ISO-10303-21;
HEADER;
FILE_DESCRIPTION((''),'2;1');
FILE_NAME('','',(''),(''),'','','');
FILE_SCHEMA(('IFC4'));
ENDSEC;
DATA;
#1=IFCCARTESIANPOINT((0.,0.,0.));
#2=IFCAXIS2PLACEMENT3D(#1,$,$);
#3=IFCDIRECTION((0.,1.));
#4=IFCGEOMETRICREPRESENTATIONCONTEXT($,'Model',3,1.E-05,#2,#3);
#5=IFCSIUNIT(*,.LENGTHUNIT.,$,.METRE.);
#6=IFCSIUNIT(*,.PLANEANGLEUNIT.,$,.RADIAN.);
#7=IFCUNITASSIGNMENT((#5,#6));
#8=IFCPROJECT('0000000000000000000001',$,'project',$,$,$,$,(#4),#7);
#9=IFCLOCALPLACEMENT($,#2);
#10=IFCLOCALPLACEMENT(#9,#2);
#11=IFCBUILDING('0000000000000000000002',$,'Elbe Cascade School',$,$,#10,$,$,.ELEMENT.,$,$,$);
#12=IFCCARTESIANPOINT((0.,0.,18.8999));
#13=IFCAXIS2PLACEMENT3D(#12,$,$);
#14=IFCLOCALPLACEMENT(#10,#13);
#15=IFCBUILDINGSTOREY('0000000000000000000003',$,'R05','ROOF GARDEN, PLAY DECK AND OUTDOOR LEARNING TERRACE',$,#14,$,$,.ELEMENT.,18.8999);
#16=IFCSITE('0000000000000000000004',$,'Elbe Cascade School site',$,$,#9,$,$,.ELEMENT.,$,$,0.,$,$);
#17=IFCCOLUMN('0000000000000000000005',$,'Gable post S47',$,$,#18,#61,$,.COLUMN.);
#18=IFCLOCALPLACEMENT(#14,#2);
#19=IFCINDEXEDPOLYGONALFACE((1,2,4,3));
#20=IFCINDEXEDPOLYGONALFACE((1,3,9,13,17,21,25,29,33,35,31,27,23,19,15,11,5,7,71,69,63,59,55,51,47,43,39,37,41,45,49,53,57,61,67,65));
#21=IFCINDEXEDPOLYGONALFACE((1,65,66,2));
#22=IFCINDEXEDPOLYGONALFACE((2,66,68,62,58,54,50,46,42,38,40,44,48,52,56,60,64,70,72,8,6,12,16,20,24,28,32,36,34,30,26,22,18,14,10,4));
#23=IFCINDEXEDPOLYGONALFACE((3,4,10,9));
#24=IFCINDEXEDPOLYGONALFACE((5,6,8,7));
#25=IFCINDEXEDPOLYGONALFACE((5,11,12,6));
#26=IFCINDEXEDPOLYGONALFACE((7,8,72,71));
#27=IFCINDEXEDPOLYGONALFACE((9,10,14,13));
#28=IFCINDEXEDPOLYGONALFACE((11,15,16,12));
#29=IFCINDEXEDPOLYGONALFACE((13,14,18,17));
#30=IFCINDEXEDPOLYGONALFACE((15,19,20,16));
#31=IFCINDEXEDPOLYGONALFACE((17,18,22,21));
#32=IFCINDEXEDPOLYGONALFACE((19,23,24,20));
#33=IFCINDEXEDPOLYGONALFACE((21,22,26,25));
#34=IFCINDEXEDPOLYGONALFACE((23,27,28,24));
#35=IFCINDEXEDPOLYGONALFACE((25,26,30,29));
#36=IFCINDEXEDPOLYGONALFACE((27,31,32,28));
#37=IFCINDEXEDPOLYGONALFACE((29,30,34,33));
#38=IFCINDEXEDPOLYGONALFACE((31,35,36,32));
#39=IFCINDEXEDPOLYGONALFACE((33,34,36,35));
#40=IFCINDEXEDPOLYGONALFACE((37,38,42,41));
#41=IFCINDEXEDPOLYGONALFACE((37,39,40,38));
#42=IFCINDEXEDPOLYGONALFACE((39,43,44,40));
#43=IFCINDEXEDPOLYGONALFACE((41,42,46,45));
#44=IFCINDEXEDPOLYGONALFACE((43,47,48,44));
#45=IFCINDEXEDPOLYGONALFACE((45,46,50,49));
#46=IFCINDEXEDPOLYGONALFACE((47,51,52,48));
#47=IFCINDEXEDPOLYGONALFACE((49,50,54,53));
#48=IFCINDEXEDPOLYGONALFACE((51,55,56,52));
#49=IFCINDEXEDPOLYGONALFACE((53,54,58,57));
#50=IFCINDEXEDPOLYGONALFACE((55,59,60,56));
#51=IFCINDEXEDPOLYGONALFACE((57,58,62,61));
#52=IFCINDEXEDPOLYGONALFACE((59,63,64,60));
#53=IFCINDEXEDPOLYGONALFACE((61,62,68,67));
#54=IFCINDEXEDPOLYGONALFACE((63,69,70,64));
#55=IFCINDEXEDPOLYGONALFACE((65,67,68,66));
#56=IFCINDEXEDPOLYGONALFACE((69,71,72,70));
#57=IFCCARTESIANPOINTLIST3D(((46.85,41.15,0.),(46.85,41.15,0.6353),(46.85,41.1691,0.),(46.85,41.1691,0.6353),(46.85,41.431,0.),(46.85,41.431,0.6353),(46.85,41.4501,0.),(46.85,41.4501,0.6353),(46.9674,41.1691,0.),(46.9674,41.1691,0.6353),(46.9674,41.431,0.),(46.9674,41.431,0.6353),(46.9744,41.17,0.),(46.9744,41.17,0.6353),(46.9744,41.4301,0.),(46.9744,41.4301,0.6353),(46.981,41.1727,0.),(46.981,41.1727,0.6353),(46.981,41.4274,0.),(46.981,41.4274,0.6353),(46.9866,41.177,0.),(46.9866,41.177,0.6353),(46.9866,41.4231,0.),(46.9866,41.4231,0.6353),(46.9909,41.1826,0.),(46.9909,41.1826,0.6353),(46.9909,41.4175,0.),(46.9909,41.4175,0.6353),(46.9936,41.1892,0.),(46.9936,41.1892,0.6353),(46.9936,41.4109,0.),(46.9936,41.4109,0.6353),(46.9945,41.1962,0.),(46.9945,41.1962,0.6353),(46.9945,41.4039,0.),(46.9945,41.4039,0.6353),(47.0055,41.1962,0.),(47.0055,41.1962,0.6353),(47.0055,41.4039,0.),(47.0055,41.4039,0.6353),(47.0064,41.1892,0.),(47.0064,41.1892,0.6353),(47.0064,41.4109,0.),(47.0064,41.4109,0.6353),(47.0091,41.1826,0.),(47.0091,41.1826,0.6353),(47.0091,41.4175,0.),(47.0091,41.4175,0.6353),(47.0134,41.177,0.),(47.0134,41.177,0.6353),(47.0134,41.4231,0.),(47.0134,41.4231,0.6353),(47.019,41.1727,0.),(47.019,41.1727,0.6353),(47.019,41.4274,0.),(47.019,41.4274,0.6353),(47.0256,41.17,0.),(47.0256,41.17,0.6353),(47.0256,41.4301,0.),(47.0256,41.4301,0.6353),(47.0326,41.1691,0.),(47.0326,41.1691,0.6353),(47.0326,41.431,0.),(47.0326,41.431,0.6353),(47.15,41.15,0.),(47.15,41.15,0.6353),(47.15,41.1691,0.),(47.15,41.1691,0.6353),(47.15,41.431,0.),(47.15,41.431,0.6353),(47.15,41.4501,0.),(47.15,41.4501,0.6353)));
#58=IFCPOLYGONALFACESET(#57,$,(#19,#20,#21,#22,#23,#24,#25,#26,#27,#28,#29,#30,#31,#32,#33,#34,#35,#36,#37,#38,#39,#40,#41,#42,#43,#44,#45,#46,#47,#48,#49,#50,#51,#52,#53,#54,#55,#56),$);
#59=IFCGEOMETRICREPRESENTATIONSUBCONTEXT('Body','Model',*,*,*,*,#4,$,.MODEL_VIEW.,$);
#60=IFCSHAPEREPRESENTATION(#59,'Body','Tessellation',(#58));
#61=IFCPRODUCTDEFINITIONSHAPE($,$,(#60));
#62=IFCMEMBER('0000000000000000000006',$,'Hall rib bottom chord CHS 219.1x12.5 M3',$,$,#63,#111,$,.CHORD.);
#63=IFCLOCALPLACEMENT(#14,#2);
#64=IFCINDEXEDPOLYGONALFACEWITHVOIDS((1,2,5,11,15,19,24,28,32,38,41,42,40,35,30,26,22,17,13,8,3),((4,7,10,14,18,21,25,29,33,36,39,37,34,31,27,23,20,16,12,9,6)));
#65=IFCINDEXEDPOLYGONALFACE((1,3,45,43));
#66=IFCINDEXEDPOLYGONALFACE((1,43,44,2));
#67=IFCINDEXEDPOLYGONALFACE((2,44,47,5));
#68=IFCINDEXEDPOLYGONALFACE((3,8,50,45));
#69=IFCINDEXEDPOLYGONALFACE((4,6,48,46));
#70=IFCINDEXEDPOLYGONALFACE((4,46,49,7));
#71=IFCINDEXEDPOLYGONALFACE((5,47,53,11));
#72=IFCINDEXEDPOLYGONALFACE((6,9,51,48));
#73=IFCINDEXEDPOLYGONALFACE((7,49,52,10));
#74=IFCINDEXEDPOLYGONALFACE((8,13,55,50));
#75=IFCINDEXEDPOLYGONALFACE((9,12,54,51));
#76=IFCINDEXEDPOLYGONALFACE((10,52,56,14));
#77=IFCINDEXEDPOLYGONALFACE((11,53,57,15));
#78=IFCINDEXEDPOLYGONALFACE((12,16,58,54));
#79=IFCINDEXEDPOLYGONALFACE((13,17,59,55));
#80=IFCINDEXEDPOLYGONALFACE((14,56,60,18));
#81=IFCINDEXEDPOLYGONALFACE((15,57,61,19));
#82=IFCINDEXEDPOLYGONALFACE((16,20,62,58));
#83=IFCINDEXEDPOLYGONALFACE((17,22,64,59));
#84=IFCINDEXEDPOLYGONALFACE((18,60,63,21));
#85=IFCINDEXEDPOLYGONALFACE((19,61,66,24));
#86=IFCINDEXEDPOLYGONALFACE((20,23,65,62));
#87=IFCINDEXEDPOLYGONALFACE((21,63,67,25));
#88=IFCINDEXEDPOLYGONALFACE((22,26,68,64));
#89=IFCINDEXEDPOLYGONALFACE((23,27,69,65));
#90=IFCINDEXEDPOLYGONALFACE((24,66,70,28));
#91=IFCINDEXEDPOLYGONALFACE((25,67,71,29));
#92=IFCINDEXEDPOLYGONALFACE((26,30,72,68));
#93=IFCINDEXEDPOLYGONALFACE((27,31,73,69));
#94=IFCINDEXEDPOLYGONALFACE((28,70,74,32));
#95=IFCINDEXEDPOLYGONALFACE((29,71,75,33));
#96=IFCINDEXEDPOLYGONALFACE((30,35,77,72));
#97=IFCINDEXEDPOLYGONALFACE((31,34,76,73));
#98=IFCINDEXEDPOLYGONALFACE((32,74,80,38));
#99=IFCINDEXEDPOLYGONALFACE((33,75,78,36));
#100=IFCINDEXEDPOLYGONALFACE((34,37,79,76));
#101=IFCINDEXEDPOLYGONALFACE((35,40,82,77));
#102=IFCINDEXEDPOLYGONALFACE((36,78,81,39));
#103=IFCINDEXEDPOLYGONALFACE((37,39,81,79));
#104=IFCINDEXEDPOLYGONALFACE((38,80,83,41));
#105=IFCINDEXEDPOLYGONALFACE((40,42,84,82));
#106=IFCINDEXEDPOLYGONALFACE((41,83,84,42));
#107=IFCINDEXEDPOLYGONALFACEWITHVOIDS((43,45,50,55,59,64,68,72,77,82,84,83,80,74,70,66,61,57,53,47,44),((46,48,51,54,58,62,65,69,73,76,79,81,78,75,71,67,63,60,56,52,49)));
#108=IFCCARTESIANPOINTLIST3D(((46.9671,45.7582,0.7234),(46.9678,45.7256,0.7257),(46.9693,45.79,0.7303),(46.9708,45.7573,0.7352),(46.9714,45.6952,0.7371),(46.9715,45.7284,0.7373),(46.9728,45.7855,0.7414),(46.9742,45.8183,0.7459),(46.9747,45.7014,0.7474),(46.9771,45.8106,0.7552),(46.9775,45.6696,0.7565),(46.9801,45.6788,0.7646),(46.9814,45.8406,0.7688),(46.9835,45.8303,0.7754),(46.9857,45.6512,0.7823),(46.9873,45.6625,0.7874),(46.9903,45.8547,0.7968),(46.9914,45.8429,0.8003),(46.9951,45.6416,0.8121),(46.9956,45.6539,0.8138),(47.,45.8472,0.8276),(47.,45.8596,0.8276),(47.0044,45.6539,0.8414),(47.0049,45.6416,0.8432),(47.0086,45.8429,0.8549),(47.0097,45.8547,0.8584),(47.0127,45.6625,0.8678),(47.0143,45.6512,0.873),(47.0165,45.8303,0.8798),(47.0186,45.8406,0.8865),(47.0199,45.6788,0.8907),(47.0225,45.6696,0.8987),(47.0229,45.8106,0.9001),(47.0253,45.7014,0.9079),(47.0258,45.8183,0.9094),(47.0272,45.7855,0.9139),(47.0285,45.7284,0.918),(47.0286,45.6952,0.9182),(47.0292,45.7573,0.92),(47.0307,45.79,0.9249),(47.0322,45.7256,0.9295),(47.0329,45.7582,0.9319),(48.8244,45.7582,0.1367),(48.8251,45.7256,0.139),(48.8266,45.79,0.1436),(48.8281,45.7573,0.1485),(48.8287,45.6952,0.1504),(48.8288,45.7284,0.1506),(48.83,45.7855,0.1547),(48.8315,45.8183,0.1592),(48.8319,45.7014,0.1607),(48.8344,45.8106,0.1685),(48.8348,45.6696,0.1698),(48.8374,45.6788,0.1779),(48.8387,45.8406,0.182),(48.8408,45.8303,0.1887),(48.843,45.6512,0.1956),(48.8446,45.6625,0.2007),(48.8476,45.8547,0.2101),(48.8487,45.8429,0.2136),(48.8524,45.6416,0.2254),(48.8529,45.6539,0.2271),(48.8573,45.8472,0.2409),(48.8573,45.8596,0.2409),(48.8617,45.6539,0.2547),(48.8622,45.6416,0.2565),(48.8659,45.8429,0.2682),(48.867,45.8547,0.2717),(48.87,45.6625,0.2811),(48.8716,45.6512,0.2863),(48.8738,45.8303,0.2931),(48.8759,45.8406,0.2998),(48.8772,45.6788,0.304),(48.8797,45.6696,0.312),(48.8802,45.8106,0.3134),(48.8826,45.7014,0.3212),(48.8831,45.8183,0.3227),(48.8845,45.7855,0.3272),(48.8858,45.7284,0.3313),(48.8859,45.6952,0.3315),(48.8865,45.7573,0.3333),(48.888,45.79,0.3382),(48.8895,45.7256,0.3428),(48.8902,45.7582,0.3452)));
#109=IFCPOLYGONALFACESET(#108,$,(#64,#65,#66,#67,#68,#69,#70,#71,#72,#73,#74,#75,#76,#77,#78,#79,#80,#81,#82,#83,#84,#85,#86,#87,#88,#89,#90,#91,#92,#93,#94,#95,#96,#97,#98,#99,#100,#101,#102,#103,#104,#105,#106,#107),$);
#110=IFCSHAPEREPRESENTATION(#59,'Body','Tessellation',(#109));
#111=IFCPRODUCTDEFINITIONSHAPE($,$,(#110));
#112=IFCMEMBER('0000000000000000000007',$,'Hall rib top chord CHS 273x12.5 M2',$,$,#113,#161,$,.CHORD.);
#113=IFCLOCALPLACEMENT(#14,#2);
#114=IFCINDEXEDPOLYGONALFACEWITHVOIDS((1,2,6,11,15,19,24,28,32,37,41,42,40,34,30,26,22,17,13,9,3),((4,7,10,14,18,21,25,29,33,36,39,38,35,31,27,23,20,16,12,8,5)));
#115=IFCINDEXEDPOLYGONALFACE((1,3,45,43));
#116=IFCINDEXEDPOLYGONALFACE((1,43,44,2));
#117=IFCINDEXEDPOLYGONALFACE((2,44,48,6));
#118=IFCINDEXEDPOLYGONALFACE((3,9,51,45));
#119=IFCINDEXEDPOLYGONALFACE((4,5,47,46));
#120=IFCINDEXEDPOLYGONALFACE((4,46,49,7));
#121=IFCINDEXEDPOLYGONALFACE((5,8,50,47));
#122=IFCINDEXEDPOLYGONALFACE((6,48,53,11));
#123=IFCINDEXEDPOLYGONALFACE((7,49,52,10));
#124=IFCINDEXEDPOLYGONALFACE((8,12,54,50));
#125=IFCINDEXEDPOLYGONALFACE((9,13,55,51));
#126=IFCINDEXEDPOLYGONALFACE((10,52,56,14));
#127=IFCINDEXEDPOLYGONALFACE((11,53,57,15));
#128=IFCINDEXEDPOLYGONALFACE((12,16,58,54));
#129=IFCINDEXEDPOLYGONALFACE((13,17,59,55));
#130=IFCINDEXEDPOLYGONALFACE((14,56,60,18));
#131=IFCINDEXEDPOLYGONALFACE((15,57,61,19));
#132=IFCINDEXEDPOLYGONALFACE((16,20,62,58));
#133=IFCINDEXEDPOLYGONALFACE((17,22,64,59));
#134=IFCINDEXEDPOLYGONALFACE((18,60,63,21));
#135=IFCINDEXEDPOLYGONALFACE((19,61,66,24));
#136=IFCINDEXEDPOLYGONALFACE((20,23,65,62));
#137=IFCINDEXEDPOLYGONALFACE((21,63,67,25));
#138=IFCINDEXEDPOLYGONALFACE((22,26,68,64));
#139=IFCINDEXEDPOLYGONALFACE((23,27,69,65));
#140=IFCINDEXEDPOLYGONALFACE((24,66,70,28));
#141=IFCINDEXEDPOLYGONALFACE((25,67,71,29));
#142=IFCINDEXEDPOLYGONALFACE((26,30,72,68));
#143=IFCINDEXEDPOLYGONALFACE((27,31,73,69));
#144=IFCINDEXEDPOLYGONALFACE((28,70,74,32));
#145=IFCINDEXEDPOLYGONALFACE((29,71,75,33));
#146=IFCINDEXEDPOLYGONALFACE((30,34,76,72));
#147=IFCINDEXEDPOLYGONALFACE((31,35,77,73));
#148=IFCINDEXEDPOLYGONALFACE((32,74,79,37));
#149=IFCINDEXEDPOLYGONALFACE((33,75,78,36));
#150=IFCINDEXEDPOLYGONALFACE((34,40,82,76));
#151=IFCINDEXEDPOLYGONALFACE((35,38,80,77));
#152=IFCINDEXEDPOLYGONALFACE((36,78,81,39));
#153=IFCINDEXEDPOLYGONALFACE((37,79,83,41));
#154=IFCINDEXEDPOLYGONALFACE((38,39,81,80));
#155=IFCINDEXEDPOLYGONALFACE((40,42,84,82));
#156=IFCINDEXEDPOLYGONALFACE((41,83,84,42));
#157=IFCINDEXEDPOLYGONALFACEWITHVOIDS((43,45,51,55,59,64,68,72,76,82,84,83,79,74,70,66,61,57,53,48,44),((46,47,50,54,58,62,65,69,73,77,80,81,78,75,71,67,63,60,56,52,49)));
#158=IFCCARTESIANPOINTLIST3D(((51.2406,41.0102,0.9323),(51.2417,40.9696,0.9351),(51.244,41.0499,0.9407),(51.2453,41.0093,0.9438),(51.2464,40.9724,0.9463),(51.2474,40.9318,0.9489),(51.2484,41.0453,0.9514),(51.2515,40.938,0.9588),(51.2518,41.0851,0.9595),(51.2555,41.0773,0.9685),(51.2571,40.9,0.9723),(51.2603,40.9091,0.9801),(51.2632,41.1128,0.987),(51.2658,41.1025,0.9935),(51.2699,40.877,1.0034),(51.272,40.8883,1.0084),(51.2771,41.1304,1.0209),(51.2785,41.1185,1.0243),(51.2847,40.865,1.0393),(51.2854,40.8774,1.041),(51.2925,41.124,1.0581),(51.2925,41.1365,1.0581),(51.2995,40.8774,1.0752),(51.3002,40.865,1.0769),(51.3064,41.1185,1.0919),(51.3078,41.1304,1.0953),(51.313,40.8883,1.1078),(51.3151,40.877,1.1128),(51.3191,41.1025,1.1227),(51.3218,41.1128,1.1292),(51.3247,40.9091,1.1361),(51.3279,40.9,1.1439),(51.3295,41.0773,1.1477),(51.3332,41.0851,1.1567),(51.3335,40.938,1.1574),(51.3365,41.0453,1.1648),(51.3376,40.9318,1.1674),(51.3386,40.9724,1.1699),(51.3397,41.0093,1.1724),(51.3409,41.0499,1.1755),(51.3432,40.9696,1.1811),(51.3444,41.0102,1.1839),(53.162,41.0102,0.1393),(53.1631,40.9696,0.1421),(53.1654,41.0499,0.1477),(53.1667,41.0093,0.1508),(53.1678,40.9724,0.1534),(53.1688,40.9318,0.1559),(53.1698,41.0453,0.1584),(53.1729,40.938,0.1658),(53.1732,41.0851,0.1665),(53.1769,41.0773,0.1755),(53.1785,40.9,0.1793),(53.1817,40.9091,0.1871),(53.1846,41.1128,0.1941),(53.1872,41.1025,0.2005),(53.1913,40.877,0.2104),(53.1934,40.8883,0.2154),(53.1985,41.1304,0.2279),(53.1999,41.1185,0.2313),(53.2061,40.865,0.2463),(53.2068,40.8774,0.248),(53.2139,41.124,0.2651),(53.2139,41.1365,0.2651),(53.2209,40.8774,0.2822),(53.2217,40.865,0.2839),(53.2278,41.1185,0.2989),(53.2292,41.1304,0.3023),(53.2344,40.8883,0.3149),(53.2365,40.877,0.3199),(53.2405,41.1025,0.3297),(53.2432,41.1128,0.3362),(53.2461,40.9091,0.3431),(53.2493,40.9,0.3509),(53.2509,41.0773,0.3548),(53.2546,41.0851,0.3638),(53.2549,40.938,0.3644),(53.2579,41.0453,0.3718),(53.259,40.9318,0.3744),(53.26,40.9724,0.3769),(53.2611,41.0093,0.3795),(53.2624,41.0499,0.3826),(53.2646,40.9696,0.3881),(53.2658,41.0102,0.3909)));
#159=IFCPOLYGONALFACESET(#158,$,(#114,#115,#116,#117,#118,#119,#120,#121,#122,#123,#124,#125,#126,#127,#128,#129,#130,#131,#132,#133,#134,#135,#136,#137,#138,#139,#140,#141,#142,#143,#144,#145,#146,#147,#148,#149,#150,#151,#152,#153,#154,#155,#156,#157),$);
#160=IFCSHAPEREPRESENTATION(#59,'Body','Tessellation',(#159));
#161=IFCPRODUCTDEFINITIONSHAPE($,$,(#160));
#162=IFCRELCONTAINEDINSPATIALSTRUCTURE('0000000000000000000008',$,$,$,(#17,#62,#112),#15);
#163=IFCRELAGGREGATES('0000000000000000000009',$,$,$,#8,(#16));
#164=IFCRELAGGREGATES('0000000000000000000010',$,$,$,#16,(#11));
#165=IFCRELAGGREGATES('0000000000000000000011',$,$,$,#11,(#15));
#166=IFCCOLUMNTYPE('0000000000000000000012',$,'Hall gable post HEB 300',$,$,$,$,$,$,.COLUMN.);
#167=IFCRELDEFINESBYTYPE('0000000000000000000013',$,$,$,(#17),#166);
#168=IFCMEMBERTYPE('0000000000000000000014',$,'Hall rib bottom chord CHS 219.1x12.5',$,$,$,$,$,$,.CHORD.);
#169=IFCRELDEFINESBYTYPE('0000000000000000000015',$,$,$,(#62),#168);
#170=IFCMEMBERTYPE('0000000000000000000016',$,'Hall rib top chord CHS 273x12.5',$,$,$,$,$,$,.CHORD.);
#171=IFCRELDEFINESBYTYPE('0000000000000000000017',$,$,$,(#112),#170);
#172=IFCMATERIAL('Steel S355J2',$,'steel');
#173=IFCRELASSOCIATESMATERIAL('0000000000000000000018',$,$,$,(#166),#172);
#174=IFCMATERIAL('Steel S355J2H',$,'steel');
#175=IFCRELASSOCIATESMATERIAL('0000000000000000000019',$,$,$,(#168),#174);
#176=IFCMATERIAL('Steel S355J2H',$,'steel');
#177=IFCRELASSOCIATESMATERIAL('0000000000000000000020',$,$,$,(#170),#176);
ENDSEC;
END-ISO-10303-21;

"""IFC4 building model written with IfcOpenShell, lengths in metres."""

from ifc_helpers import new_model, si_unit, direction, frame, origin, origin_2d, place, context, subcontext, project, spatial, hollow_circle, i_section, extrude, material, material_profile, profile_set, type_object, element, save


model = new_model("IFC4")

# Units and contexts
model_context = context("Model", 3, precision=1e-05, world=origin(), true_north=direction((0.0, 1.0)))
body_context = subcontext(model_context, "Body", "Model", "MODEL_VIEW")
ifc_project = project(units=[si_unit("LENGTHUNIT", "METRE"), si_unit("PLANEANGLEUNIT", "RADIAN")], contexts=[model_context])

# Site, building, storey
site_placement = place(None, origin())
site = spatial("IfcSite", under=ifc_project, at=site_placement, Name="Elbe Cascade School site", CompositionType="ELEMENT", RefElevation=0.0)
building_placement = place(site_placement, origin())
building = spatial("IfcBuilding", under=site, at=building_placement, Name="Elbe Cascade School", CompositionType="ELEMENT")
storey_placement = place(building_placement, frame((0.0, 0.0, 18.8999)))
storey = spatial("IfcBuildingStorey", under=building, at=storey_placement, Name="R05", Description="ROOF GARDEN, PLAY DECK AND OUTDOOR LEARNING TERRACE", CompositionType="ELEMENT", Elevation=18.8999)

# Column
ifc_material_1 = material(Name="Steel S355J2", Category="steel")
ifc_material_profile_1 = material_profile(ifc_material_1, i_section(OverallWidth=0.3, OverallDepth=0.3, WebThickness=0.011, FlangeThickness=0.019, FilletRadius=0.0271, at=origin_2d()), Name="HEB 300")
ifc_profile_set_1 = profile_set([ifc_material_profile_1], Name="Steel S355J2")
column_type = type_object("IfcColumnType", Name="Hall gable post HEB 300", PredefinedType="COLUMN", material=ifc_profile_set_1)
column_placement = place(storey_placement, frame((47.0, 41.3, 0.0), z_axis=(0.0, 0.0, 1.0), x_axis=(1.0, 0.0, 0.0)))
element("IfcColumn", 1, at=column_placement, inside=storey, type_object=column_type, Name="Gable post S47", PredefinedType="COLUMN", context=body_context, shape_type="SweptSolid", body=[
    extrude(i_section(OverallWidth=0.3, OverallDepth=0.3, WebThickness=0.011, FlangeThickness=0.019, FilletRadius=0.0271, at=origin_2d()), origin(), (0.0, 0.0, 1.0), 0.6353),
])

# Members
ifc_material_2 = material(Name="Steel S355J2H", Category="steel")
ifc_material_profile_2 = material_profile(ifc_material_2, hollow_circle(Radius=0.1096, WallThickness=0.0125, at=origin_2d()), Name="CHS 219.1x12.5")
ifc_profile_set_2 = profile_set([ifc_material_profile_2], Name="Steel S355J2H")
member_type_1 = type_object("IfcMemberType", Name="Hall rib bottom chord CHS 219.1x12.5", PredefinedType="CHORD", material=ifc_profile_set_2)
member_1_placement = place(storey_placement, frame((47.0, 45.75, 0.8276), z_axis=(0.953554, 0.0, -0.301221), x_axis=(0.0, 1.0, 0.0)))
element("IfcMember", 2, at=member_1_placement, inside=storey, type_object=member_type_1, Name="Hall rib bottom chord CHS 219.1x12.5 M3", PredefinedType="CHORD", context=body_context, shape_type="SweptSolid", body=[
    extrude(hollow_circle(Radius=0.1096, WallThickness=0.0125, at=origin_2d()), origin(), (0.0, 0.0, 1.0), 1.9478),
])
ifc_material_3 = material(Name="Steel S355J2H", Category="steel")
ifc_material_profile_3 = material_profile(ifc_material_3, hollow_circle(Radius=0.1365, WallThickness=0.0125, at=origin_2d()), Name="CHS 273x12.5")
ifc_profile_set_3 = profile_set([ifc_material_profile_3], Name="Steel S355J2H")
member_type_2 = type_object("IfcMemberType", Name="Hall rib top chord CHS 273x12.5", PredefinedType="CHORD", material=ifc_profile_set_3)
member_2_placement = place(storey_placement, frame((51.2925, 41.0, 1.0581), z_axis=(0.924371, 0.0, -0.381494), x_axis=(0.0, 1.0, 0.0)))
element("IfcMember", 3, at=member_2_placement, inside=storey, type_object=member_type_2, Name="Hall rib top chord CHS 273x12.5 M2", PredefinedType="CHORD", context=body_context, shape_type="SweptSolid", body=[
    extrude(hollow_circle(Radius=0.1365, WallThickness=0.0125, at=origin_2d()), origin(), (0.0, 0.0, 1.0), 2.0786),
])

save(model, "model.ifc")
